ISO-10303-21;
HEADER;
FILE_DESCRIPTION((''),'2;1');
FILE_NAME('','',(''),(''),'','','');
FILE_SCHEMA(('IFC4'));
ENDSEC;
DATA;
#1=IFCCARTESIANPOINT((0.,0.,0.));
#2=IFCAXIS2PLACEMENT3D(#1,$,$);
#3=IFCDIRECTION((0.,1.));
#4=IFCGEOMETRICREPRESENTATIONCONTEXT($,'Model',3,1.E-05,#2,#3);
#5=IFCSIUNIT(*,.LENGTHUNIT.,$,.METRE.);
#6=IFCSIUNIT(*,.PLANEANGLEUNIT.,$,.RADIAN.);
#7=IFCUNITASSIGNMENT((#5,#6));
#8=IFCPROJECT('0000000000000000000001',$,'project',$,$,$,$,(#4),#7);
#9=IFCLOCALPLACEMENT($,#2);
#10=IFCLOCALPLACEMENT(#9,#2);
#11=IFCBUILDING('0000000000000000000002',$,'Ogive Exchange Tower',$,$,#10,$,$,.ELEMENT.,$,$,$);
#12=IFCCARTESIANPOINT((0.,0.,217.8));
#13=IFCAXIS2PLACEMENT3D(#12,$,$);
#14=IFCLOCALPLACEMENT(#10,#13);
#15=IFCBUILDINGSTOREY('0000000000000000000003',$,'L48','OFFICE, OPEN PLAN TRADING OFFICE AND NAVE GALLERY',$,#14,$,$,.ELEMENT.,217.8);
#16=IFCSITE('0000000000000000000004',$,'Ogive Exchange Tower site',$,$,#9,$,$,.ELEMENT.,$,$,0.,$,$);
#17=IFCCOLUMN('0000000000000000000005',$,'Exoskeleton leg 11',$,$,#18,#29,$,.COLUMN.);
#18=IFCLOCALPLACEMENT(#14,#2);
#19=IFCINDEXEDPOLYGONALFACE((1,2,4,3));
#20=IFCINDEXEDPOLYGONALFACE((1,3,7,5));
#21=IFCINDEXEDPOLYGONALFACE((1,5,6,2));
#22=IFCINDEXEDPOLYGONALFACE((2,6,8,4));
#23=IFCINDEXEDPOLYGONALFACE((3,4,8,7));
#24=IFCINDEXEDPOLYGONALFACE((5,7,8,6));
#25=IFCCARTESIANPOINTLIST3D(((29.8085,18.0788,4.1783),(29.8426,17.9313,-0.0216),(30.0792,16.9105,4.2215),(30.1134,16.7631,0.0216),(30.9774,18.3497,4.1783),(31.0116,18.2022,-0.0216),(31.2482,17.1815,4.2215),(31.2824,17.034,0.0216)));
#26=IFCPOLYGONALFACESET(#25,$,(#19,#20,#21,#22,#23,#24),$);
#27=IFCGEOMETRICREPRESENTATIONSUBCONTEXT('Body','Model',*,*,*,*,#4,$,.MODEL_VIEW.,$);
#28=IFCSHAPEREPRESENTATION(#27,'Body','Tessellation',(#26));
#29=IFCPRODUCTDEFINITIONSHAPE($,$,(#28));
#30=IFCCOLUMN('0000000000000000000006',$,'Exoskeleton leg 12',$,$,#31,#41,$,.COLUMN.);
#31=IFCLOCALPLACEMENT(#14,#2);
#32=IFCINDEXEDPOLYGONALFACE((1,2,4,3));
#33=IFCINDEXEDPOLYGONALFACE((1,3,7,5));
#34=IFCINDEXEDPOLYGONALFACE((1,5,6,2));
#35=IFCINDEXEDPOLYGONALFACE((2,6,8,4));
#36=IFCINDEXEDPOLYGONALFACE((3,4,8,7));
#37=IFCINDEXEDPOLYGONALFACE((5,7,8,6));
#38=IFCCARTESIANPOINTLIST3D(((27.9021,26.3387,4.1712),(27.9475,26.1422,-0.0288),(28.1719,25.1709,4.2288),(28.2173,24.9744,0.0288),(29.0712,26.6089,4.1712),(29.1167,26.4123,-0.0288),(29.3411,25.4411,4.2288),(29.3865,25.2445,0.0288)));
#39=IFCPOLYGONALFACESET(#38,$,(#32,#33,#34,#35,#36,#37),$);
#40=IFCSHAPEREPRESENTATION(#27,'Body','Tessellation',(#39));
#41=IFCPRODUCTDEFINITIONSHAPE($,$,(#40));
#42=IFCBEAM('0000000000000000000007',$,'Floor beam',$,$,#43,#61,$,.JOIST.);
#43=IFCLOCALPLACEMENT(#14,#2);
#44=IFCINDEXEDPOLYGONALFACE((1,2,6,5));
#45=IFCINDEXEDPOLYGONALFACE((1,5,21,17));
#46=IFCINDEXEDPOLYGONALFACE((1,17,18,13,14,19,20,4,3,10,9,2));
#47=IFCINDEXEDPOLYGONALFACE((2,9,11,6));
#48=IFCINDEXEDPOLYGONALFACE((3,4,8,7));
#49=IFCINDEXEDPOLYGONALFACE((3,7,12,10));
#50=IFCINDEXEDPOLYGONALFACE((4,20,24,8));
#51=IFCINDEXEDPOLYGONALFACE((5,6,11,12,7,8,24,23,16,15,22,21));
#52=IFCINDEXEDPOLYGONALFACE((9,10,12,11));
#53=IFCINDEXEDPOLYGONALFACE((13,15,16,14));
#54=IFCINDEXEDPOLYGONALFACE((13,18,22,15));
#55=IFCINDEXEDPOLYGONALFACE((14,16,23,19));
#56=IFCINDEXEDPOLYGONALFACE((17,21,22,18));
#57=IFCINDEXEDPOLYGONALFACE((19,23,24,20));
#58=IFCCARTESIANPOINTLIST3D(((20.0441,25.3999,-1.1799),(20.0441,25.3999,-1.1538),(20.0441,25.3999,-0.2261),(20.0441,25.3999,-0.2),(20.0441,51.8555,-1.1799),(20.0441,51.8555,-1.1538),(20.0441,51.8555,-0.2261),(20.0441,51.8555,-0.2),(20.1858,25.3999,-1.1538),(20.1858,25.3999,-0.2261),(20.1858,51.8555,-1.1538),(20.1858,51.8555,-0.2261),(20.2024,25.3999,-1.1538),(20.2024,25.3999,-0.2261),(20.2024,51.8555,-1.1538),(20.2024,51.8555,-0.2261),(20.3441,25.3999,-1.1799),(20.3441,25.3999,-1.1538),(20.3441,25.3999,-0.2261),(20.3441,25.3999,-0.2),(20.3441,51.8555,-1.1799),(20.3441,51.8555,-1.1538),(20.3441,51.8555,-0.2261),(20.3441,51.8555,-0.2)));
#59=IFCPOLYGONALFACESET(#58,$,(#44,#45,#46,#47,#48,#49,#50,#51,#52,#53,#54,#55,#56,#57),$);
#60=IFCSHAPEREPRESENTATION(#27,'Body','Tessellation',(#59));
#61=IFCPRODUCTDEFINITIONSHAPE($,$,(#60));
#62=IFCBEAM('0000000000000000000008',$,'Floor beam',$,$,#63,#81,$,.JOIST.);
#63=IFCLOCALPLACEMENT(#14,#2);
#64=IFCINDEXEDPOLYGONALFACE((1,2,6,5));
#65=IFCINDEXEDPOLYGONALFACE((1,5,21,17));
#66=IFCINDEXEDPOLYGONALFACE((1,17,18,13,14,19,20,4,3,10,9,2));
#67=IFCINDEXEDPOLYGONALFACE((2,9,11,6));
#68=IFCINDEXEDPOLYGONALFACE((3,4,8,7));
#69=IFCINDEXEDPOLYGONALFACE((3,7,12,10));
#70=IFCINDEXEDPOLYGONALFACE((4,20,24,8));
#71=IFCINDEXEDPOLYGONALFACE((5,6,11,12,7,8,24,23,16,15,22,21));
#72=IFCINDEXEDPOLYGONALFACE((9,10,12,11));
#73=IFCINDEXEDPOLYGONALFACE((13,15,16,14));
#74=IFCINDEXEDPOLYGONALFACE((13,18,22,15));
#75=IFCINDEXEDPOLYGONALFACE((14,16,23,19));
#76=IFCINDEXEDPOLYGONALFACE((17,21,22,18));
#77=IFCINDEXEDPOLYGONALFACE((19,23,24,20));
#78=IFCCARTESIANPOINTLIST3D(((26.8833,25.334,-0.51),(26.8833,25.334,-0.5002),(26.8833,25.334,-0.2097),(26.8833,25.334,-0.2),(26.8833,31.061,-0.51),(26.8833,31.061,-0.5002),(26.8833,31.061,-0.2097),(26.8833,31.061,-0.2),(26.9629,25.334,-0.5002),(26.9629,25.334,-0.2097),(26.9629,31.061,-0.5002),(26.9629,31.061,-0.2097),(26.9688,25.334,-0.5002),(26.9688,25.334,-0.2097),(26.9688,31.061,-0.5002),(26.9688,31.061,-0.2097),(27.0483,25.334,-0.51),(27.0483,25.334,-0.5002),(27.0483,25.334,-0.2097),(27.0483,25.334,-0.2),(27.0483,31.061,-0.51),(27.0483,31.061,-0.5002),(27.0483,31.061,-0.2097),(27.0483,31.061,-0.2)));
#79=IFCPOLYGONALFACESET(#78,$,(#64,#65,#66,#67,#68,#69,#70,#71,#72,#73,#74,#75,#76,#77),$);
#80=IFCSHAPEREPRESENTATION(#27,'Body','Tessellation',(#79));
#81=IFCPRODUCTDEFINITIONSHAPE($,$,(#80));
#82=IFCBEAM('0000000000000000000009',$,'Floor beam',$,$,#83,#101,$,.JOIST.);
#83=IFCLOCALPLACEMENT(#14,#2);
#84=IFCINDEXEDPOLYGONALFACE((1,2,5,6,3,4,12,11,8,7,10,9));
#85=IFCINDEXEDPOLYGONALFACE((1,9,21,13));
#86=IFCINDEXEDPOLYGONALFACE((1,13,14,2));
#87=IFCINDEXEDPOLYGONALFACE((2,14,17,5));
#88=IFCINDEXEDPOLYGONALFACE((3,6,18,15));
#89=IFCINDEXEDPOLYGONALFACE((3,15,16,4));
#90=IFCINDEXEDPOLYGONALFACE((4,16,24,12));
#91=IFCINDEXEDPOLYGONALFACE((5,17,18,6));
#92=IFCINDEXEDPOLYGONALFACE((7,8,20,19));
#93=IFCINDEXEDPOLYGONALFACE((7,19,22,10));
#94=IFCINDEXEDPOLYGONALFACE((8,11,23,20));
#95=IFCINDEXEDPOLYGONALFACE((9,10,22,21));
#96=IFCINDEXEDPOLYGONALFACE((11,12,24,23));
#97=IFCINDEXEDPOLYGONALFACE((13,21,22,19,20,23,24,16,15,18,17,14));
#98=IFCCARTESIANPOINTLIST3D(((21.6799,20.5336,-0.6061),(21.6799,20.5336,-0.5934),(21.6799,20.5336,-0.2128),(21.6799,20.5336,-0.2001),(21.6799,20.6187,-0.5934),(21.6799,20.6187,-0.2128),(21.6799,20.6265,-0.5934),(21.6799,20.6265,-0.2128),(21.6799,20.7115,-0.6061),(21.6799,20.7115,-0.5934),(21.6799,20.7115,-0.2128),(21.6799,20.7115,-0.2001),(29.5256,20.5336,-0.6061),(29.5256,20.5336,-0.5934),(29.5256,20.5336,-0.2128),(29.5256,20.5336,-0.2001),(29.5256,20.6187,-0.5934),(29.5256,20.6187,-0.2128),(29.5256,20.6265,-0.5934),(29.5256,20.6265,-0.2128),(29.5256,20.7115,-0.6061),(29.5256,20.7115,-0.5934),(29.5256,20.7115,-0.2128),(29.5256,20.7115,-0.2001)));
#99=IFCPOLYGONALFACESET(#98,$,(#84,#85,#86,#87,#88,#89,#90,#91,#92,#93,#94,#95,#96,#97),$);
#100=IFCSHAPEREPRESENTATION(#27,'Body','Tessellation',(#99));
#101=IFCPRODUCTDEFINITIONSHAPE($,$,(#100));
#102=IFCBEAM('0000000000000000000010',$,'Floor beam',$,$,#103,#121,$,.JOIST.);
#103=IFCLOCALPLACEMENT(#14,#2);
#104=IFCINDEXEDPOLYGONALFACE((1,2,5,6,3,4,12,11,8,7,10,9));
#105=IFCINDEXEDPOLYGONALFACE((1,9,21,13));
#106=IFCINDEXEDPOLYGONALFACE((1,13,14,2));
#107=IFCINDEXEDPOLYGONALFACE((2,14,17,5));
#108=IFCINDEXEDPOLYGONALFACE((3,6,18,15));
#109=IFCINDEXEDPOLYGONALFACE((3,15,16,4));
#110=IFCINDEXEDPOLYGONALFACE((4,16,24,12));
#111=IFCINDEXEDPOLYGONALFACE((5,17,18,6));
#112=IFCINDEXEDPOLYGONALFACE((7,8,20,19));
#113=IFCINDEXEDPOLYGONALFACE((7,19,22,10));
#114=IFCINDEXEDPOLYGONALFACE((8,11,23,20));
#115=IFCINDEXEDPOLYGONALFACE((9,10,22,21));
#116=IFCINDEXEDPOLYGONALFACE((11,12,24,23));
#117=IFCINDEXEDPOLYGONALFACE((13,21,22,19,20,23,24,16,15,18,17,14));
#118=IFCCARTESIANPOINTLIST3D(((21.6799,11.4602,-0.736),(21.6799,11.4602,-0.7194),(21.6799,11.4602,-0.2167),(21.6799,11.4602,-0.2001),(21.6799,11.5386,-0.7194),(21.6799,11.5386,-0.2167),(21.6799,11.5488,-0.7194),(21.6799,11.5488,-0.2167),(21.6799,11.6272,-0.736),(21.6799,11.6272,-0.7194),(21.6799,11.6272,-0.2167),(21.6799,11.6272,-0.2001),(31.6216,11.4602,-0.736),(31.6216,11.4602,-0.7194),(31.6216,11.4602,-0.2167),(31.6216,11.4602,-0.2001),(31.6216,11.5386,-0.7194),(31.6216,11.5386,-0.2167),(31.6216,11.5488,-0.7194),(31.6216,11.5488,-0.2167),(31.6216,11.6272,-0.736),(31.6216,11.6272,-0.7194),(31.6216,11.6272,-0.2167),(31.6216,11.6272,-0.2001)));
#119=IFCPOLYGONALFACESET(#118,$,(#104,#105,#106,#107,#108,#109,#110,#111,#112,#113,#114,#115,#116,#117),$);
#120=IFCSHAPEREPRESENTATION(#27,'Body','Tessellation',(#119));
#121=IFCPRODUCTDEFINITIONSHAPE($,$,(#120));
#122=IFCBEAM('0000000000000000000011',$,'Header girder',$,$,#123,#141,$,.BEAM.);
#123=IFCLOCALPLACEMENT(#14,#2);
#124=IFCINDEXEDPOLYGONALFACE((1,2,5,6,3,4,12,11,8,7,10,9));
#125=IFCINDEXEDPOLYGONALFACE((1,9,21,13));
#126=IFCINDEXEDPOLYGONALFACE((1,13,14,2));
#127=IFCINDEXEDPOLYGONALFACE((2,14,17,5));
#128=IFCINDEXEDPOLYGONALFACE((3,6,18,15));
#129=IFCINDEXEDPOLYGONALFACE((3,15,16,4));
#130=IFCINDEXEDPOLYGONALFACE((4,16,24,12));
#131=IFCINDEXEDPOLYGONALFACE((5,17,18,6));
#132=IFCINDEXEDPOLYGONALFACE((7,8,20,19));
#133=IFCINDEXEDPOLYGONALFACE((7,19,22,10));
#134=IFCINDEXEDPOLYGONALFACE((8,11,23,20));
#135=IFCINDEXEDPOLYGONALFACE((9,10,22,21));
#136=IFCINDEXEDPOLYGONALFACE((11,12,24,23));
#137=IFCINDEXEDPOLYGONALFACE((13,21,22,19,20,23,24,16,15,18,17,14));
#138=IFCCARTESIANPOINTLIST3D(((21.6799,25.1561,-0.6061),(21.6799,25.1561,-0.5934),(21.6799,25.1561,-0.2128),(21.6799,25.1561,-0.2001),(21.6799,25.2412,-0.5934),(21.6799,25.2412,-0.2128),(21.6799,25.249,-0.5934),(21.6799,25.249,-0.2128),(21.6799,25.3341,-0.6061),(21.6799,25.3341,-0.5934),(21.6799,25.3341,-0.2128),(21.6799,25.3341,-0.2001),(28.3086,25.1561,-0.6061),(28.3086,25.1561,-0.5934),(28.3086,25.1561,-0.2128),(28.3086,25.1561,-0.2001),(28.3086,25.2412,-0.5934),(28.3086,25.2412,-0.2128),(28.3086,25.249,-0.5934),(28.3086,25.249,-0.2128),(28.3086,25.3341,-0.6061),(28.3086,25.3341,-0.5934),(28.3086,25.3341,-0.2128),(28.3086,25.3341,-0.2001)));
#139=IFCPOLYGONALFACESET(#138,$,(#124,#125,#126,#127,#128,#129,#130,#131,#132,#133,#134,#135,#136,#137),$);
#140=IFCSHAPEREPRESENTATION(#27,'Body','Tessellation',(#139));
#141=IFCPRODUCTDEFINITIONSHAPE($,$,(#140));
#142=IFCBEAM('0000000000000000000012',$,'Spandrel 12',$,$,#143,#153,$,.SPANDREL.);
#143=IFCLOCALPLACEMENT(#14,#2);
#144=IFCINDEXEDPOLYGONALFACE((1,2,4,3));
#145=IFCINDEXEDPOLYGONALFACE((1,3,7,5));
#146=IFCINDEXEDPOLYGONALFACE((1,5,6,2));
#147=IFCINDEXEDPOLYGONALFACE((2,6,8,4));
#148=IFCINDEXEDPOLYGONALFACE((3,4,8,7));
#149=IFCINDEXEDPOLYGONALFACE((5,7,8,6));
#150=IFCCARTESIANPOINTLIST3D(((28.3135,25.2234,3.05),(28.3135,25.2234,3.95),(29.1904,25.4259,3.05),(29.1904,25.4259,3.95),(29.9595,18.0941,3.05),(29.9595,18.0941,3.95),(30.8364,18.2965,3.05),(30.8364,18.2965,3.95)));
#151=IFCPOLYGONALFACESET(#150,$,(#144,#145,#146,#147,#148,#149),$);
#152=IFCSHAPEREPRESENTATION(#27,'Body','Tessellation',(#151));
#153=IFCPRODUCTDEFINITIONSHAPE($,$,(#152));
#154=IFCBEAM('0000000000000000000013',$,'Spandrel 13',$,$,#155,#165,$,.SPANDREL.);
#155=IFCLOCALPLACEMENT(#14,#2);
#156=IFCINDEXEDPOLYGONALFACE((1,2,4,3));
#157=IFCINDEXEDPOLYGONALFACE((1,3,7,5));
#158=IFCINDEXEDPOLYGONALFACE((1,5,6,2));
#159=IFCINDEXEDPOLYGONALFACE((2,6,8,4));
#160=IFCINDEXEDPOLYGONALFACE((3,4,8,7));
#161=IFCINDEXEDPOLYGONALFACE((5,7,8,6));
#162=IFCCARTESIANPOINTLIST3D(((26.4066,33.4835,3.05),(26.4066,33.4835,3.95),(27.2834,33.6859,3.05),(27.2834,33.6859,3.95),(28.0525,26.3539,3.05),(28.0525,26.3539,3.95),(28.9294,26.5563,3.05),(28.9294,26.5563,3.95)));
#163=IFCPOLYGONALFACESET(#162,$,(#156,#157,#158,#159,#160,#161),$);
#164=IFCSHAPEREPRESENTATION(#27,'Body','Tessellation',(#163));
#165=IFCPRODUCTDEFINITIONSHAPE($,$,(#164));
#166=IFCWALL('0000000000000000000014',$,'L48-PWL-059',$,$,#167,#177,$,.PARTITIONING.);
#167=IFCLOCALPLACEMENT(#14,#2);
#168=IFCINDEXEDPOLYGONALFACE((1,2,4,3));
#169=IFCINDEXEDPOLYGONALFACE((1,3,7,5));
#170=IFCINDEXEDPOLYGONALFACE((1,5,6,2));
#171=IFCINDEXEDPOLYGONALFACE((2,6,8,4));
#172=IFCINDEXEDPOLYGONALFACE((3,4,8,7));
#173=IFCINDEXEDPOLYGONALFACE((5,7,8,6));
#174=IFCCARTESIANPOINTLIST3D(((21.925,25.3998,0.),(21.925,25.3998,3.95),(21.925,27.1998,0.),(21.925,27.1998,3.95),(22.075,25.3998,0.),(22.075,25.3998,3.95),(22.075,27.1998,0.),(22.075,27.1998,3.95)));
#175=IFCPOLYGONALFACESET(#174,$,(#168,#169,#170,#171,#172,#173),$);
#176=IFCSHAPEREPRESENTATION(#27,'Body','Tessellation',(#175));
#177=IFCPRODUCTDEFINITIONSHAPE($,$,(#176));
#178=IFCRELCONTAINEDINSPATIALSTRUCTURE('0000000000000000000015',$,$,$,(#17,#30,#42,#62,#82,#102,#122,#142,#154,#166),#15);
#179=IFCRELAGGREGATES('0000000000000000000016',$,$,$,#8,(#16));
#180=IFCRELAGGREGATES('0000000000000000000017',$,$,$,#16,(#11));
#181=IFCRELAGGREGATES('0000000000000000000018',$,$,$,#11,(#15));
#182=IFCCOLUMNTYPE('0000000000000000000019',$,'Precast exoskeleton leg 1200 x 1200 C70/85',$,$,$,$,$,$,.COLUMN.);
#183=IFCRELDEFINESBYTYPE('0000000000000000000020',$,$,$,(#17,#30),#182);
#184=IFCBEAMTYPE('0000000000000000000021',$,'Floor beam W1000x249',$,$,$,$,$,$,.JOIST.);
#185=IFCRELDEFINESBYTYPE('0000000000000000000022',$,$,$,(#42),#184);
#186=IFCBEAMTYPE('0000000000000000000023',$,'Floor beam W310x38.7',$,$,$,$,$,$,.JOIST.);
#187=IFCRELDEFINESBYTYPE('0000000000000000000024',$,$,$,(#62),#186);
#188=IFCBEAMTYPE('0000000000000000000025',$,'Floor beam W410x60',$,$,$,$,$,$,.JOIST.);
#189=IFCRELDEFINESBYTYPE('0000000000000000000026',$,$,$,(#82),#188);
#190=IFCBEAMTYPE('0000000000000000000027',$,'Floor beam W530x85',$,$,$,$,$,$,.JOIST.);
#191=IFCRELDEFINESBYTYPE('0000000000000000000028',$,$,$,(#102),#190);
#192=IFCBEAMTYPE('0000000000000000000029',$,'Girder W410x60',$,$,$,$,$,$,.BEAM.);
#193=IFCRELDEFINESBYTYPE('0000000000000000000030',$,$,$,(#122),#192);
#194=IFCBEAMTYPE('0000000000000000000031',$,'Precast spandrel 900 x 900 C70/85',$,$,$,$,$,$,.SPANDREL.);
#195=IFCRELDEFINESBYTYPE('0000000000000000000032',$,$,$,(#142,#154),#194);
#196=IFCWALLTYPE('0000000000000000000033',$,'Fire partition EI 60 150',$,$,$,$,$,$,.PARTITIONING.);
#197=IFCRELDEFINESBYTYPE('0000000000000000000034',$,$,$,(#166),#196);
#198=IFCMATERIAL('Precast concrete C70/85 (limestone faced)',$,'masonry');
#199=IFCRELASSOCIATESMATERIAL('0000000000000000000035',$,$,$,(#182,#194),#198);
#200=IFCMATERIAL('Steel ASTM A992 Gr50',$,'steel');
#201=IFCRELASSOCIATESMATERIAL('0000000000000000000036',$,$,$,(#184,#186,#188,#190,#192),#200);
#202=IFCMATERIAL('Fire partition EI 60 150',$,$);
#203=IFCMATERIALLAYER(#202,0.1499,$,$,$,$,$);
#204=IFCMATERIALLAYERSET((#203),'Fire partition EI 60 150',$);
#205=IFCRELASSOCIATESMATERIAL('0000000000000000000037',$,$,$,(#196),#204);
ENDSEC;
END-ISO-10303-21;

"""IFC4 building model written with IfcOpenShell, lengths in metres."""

from ifc_helpers import new_model, si_unit, direction, frame, frame_2d, origin, origin_2d, place, context, subcontext, project, spatial, rectangle, i_section, extrude, material, layer, layer_set, material_profile, profile_set, type_object, element, save


model = new_model("IFC4")

# Units and contexts
model_context = context("Model", 3, precision=1e-05, world=origin(), true_north=direction((0.0, 1.0)))
body_context = subcontext(model_context, "Body", "Model", "MODEL_VIEW")
ifc_project = project(units=[si_unit("LENGTHUNIT", "METRE"), si_unit("PLANEANGLEUNIT", "RADIAN")], contexts=[model_context])

# Site, building, storey
site_placement = place(None, origin())
site = spatial("IfcSite", under=ifc_project, at=site_placement, Name="Ogive Exchange Tower site", CompositionType="ELEMENT", RefElevation=0.0)
building_placement = place(site_placement, origin())
building = spatial("IfcBuilding", under=site, at=building_placement, Name="Ogive Exchange Tower", CompositionType="ELEMENT")
storey_placement = place(building_placement, frame((0.0, 0.0, 217.8)))
storey = spatial("IfcBuildingStorey", under=building, at=storey_placement, Name="L48", Description="OFFICE, OPEN PLAN TRADING OFFICE AND NAVE GALLERY", CompositionType="ELEMENT", Elevation=217.8)

# Columns
ifc_material_1 = material(Name="Precast concrete C70/85 (limestone faced)", Category="masonry")
ifc_material_profile_1 = material_profile(ifc_material_1, rectangle(XDim=1.2, YDim=1.2, at=origin_2d()), Name="1200 x 1200")
ifc_profile_set_1 = profile_set([ifc_material_profile_1], Name="Precast concrete C70/85 (limestone faced)")
column_type = type_object("IfcColumnType", Name="Precast exoskeleton leg 1200 x 1200 C70/85", PredefinedType="COLUMN", material=ifc_profile_set_1)
column_1_placement = place(storey_placement, frame((30.5625, 17.4827, 0.0), z_axis=(-0.008133, 0.035087, 0.999351), x_axis=(-0.974173, -0.225802, 0.0)))
element("IfcColumn", 1, at=column_1_placement, inside=storey, type_object=column_type, Name="Exoskeleton leg 11", PredefinedType="COLUMN", context=body_context, shape_type="SweptSolid", body=[
    extrude(rectangle(XDim=1.2, YDim=1.2, at=origin_2d()), origin(), (0.0, 0.0, 1.0), 4.2026),
])
column_2_placement = place(storey_placement, frame((28.667, 25.6934, 0.0), z_axis=(-0.0108, 0.04674, 0.998849), x_axis=(-0.97433, -0.225125, 0.0)))
element("IfcColumn", 2, at=column_2_placement, inside=storey, type_object=column_type, Name="Exoskeleton leg 12", PredefinedType="COLUMN", context=body_context, shape_type="SweptSolid", body=[
    extrude(rectangle(XDim=1.2, YDim=1.2, at=origin_2d()), origin(), (0.0, 0.0, 1.0), 4.2048),
])

# Beams
ifc_material_2 = material(Name="Steel ASTM A992 Gr50", Category="steel")
ifc_material_profile_2 = material_profile(ifc_material_2, i_section(OverallWidth=0.3, OverallDepth=0.98, WebThickness=0.0166, FlangeThickness=0.0261, at=origin_2d()), Name="W1000x249")
ifc_profile_set_2 = profile_set([ifc_material_profile_2], Name="Steel ASTM A992 Gr50")
beam_type_1 = type_object("IfcBeamType", Name="Floor beam W1000x249", PredefinedType="JOIST", material=ifc_profile_set_2)
beam_1_placement = place(storey_placement, frame((20.1941, 25.3999, -0.6899), z_axis=(0.0, 1.0, 0.0), x_axis=(-1.0, 0.0, 0.0)))
element("IfcBeam", 3, at=beam_1_placement, inside=storey, type_object=beam_type_1, Name="Floor beam", PredefinedType="JOIST", context=body_context, shape_type="SweptSolid", body=[
    extrude(i_section(OverallWidth=0.3, OverallDepth=0.98, WebThickness=0.0166, FlangeThickness=0.0261, at=origin_2d()), origin(), (0.0, 0.0, 1.0), 26.4556),
])
ifc_material_profile_3 = material_profile(ifc_material_2, i_section(OverallWidth=0.165, OverallDepth=0.3101, WebThickness=0.0059, FlangeThickness=0.0098, at=origin_2d()), Name="W310x38.7")
ifc_profile_set_3 = profile_set([ifc_material_profile_3], Name="Steel ASTM A992 Gr50")
beam_type_2 = type_object("IfcBeamType", Name="Floor beam W310x38.7", PredefinedType="JOIST", material=ifc_profile_set_3)
beam_2_placement = place(storey_placement, frame((26.9658, 25.334, -0.355), z_axis=(0.0, 1.0, 0.0), x_axis=(-1.0, 0.0, 0.0)))
element("IfcBeam", 4, at=beam_2_placement, inside=storey, type_object=beam_type_2, Name="Floor beam", PredefinedType="JOIST", context=body_context, shape_type="SweptSolid", body=[
    extrude(i_section(OverallWidth=0.165, OverallDepth=0.3101, WebThickness=0.0059, FlangeThickness=0.0098, at=origin_2d()), origin(), (0.0, 0.0, 1.0), 5.7271),
])
ifc_material_profile_4 = material_profile(ifc_material_2, i_section(OverallWidth=0.178, OverallDepth=0.406, WebThickness=0.0078, FlangeThickness=0.0127, at=origin_2d()), Name="W410x60")
ifc_profile_set_4 = profile_set([ifc_material_profile_4], Name="Steel ASTM A992 Gr50")
beam_type_3 = type_object("IfcBeamType", Name="Floor beam W410x60", PredefinedType="JOIST", material=ifc_profile_set_4)
beam_3_placement = place(storey_placement, frame((21.6799, 20.6226, -0.4031), z_axis=(1.0, 0.0, 0.0), x_axis=(0.0, 1.0, 0.0)))
element("IfcBeam", 5, at=beam_3_placement, inside=storey, type_object=beam_type_3, Name="Floor beam", PredefinedType="JOIST", context=body_context, shape_type="SweptSolid", body=[
    extrude(i_section(OverallWidth=0.178, OverallDepth=0.406, WebThickness=0.0078, FlangeThickness=0.0127, at=origin_2d()), origin(), (0.0, 0.0, 1.0), 7.8457),
])
ifc_material_profile_5 = material_profile(ifc_material_2, i_section(OverallWidth=0.167, OverallDepth=0.5359, WebThickness=0.0103, FlangeThickness=0.0166, at=origin_2d()), Name="W530x85")
ifc_profile_set_5 = profile_set([ifc_material_profile_5], Name="Steel ASTM A992 Gr50")
beam_type_4 = type_object("IfcBeamType", Name="Floor beam W530x85", PredefinedType="JOIST", material=ifc_profile_set_5)
beam_4_placement = place(storey_placement, frame((21.6799, 11.5437, -0.468), z_axis=(1.0, 0.0, 0.0), x_axis=(0.0, 1.0, 0.0)))
element("IfcBeam", 6, at=beam_4_placement, inside=storey, type_object=beam_type_4, Name="Floor beam", PredefinedType="JOIST", context=body_context, shape_type="SweptSolid", body=[
    extrude(i_section(OverallWidth=0.167, OverallDepth=0.5359, WebThickness=0.0103, FlangeThickness=0.0166, at=origin_2d()), origin(), (0.0, 0.0, 1.0), 9.9417),
])
ifc_material_profile_6 = material_profile(ifc_material_2, i_section(OverallWidth=0.178, OverallDepth=0.406, WebThickness=0.0078, FlangeThickness=0.0127, at=origin_2d()), Name="W410x60")
ifc_profile_set_6 = profile_set([ifc_material_profile_6], Name="Steel ASTM A992 Gr50")
beam_type_5 = type_object("IfcBeamType", Name="Girder W410x60", PredefinedType="BEAM", material=ifc_profile_set_6)
beam_5_placement = place(storey_placement, frame((21.6799, 25.2451, -0.4031), z_axis=(1.0, 0.0, 0.0), x_axis=(0.0, 1.0, 0.0)))
element("IfcBeam", 7, at=beam_5_placement, inside=storey, type_object=beam_type_5, Name="Header girder", PredefinedType="BEAM", context=body_context, shape_type="SweptSolid", body=[
    extrude(i_section(OverallWidth=0.178, OverallDepth=0.406, WebThickness=0.0078, FlangeThickness=0.0127, at=origin_2d()), origin(), (0.0, 0.0, 1.0), 6.6287),
])
ifc_material_profile_7 = material_profile(ifc_material_1, rectangle(XDim=0.8999, YDim=0.8999, at=origin_2d()), Name="900 x 900")
ifc_profile_set_7 = profile_set([ifc_material_profile_7], Name="Precast concrete C70/85 (limestone faced)")
beam_type_6 = type_object("IfcBeamType", Name="Precast spandrel 900 x 900 C70/85", PredefinedType="SPANDREL", material=ifc_profile_set_7)
beam_6_placement = place(storey_placement, frame((30.3979, 18.1953, 3.5), z_axis=(-0.224957, 0.974369, 0.0), x_axis=(-0.974369, -0.224957, 0.0)))
element("IfcBeam", 8, at=beam_6_placement, inside=storey, type_object=beam_type_6, Name="Spandrel 12", PredefinedType="SPANDREL", context=body_context, shape_type="SweptSolid", body=[
    extrude(rectangle(XDim=0.8999, YDim=0.8999, at=origin_2d()), origin(), (0.0, 0.0, 1.0), 7.3169),
])
beam_7_placement = place(storey_placement, frame((28.491, 26.4551, 3.5), z_axis=(-0.22495, 0.97437, 0.0), x_axis=(-0.97437, -0.22495, 0.0)))
element("IfcBeam", 9, at=beam_7_placement, inside=storey, type_object=beam_type_6, Name="Spandrel 13", PredefinedType="SPANDREL", context=body_context, shape_type="SweptSolid", body=[
    extrude(rectangle(XDim=0.8999, YDim=0.8999, at=origin_2d()), origin(), (0.0, 0.0, 1.0), 7.3171),
])

# Wall
ifc_material_3 = material(Name="Fire partition EI 60 150")
ifc_layer_1 = layer(ifc_material_3, 0.1499)
ifc_layer_set_1 = layer_set([ifc_layer_1], Name="Fire partition EI 60 150")
wall_type_1 = type_object("IfcWallType", Name="Fire partition EI 60 150", PredefinedType="PARTITIONING", material=ifc_layer_set_1)
wall_1_placement = place(storey_placement, frame((22.0, 25.3999, 0.0), z_axis=(0.0, 0.0, 1.0), x_axis=(0.0, 1.0, 0.0)))
element("IfcWall", 10, at=wall_1_placement, inside=storey, type_object=wall_type_1, Name="L48-PWL-059", PredefinedType="PARTITIONING", context=body_context, shape_type="SweptSolid", body=[
    extrude(rectangle(XDim=1.8, YDim=0.1499, at=frame_2d((0.8999, 0.0))), origin(), (0.0, 0.0, 1.0), 3.95),
])

save(model, "model.ifc")
